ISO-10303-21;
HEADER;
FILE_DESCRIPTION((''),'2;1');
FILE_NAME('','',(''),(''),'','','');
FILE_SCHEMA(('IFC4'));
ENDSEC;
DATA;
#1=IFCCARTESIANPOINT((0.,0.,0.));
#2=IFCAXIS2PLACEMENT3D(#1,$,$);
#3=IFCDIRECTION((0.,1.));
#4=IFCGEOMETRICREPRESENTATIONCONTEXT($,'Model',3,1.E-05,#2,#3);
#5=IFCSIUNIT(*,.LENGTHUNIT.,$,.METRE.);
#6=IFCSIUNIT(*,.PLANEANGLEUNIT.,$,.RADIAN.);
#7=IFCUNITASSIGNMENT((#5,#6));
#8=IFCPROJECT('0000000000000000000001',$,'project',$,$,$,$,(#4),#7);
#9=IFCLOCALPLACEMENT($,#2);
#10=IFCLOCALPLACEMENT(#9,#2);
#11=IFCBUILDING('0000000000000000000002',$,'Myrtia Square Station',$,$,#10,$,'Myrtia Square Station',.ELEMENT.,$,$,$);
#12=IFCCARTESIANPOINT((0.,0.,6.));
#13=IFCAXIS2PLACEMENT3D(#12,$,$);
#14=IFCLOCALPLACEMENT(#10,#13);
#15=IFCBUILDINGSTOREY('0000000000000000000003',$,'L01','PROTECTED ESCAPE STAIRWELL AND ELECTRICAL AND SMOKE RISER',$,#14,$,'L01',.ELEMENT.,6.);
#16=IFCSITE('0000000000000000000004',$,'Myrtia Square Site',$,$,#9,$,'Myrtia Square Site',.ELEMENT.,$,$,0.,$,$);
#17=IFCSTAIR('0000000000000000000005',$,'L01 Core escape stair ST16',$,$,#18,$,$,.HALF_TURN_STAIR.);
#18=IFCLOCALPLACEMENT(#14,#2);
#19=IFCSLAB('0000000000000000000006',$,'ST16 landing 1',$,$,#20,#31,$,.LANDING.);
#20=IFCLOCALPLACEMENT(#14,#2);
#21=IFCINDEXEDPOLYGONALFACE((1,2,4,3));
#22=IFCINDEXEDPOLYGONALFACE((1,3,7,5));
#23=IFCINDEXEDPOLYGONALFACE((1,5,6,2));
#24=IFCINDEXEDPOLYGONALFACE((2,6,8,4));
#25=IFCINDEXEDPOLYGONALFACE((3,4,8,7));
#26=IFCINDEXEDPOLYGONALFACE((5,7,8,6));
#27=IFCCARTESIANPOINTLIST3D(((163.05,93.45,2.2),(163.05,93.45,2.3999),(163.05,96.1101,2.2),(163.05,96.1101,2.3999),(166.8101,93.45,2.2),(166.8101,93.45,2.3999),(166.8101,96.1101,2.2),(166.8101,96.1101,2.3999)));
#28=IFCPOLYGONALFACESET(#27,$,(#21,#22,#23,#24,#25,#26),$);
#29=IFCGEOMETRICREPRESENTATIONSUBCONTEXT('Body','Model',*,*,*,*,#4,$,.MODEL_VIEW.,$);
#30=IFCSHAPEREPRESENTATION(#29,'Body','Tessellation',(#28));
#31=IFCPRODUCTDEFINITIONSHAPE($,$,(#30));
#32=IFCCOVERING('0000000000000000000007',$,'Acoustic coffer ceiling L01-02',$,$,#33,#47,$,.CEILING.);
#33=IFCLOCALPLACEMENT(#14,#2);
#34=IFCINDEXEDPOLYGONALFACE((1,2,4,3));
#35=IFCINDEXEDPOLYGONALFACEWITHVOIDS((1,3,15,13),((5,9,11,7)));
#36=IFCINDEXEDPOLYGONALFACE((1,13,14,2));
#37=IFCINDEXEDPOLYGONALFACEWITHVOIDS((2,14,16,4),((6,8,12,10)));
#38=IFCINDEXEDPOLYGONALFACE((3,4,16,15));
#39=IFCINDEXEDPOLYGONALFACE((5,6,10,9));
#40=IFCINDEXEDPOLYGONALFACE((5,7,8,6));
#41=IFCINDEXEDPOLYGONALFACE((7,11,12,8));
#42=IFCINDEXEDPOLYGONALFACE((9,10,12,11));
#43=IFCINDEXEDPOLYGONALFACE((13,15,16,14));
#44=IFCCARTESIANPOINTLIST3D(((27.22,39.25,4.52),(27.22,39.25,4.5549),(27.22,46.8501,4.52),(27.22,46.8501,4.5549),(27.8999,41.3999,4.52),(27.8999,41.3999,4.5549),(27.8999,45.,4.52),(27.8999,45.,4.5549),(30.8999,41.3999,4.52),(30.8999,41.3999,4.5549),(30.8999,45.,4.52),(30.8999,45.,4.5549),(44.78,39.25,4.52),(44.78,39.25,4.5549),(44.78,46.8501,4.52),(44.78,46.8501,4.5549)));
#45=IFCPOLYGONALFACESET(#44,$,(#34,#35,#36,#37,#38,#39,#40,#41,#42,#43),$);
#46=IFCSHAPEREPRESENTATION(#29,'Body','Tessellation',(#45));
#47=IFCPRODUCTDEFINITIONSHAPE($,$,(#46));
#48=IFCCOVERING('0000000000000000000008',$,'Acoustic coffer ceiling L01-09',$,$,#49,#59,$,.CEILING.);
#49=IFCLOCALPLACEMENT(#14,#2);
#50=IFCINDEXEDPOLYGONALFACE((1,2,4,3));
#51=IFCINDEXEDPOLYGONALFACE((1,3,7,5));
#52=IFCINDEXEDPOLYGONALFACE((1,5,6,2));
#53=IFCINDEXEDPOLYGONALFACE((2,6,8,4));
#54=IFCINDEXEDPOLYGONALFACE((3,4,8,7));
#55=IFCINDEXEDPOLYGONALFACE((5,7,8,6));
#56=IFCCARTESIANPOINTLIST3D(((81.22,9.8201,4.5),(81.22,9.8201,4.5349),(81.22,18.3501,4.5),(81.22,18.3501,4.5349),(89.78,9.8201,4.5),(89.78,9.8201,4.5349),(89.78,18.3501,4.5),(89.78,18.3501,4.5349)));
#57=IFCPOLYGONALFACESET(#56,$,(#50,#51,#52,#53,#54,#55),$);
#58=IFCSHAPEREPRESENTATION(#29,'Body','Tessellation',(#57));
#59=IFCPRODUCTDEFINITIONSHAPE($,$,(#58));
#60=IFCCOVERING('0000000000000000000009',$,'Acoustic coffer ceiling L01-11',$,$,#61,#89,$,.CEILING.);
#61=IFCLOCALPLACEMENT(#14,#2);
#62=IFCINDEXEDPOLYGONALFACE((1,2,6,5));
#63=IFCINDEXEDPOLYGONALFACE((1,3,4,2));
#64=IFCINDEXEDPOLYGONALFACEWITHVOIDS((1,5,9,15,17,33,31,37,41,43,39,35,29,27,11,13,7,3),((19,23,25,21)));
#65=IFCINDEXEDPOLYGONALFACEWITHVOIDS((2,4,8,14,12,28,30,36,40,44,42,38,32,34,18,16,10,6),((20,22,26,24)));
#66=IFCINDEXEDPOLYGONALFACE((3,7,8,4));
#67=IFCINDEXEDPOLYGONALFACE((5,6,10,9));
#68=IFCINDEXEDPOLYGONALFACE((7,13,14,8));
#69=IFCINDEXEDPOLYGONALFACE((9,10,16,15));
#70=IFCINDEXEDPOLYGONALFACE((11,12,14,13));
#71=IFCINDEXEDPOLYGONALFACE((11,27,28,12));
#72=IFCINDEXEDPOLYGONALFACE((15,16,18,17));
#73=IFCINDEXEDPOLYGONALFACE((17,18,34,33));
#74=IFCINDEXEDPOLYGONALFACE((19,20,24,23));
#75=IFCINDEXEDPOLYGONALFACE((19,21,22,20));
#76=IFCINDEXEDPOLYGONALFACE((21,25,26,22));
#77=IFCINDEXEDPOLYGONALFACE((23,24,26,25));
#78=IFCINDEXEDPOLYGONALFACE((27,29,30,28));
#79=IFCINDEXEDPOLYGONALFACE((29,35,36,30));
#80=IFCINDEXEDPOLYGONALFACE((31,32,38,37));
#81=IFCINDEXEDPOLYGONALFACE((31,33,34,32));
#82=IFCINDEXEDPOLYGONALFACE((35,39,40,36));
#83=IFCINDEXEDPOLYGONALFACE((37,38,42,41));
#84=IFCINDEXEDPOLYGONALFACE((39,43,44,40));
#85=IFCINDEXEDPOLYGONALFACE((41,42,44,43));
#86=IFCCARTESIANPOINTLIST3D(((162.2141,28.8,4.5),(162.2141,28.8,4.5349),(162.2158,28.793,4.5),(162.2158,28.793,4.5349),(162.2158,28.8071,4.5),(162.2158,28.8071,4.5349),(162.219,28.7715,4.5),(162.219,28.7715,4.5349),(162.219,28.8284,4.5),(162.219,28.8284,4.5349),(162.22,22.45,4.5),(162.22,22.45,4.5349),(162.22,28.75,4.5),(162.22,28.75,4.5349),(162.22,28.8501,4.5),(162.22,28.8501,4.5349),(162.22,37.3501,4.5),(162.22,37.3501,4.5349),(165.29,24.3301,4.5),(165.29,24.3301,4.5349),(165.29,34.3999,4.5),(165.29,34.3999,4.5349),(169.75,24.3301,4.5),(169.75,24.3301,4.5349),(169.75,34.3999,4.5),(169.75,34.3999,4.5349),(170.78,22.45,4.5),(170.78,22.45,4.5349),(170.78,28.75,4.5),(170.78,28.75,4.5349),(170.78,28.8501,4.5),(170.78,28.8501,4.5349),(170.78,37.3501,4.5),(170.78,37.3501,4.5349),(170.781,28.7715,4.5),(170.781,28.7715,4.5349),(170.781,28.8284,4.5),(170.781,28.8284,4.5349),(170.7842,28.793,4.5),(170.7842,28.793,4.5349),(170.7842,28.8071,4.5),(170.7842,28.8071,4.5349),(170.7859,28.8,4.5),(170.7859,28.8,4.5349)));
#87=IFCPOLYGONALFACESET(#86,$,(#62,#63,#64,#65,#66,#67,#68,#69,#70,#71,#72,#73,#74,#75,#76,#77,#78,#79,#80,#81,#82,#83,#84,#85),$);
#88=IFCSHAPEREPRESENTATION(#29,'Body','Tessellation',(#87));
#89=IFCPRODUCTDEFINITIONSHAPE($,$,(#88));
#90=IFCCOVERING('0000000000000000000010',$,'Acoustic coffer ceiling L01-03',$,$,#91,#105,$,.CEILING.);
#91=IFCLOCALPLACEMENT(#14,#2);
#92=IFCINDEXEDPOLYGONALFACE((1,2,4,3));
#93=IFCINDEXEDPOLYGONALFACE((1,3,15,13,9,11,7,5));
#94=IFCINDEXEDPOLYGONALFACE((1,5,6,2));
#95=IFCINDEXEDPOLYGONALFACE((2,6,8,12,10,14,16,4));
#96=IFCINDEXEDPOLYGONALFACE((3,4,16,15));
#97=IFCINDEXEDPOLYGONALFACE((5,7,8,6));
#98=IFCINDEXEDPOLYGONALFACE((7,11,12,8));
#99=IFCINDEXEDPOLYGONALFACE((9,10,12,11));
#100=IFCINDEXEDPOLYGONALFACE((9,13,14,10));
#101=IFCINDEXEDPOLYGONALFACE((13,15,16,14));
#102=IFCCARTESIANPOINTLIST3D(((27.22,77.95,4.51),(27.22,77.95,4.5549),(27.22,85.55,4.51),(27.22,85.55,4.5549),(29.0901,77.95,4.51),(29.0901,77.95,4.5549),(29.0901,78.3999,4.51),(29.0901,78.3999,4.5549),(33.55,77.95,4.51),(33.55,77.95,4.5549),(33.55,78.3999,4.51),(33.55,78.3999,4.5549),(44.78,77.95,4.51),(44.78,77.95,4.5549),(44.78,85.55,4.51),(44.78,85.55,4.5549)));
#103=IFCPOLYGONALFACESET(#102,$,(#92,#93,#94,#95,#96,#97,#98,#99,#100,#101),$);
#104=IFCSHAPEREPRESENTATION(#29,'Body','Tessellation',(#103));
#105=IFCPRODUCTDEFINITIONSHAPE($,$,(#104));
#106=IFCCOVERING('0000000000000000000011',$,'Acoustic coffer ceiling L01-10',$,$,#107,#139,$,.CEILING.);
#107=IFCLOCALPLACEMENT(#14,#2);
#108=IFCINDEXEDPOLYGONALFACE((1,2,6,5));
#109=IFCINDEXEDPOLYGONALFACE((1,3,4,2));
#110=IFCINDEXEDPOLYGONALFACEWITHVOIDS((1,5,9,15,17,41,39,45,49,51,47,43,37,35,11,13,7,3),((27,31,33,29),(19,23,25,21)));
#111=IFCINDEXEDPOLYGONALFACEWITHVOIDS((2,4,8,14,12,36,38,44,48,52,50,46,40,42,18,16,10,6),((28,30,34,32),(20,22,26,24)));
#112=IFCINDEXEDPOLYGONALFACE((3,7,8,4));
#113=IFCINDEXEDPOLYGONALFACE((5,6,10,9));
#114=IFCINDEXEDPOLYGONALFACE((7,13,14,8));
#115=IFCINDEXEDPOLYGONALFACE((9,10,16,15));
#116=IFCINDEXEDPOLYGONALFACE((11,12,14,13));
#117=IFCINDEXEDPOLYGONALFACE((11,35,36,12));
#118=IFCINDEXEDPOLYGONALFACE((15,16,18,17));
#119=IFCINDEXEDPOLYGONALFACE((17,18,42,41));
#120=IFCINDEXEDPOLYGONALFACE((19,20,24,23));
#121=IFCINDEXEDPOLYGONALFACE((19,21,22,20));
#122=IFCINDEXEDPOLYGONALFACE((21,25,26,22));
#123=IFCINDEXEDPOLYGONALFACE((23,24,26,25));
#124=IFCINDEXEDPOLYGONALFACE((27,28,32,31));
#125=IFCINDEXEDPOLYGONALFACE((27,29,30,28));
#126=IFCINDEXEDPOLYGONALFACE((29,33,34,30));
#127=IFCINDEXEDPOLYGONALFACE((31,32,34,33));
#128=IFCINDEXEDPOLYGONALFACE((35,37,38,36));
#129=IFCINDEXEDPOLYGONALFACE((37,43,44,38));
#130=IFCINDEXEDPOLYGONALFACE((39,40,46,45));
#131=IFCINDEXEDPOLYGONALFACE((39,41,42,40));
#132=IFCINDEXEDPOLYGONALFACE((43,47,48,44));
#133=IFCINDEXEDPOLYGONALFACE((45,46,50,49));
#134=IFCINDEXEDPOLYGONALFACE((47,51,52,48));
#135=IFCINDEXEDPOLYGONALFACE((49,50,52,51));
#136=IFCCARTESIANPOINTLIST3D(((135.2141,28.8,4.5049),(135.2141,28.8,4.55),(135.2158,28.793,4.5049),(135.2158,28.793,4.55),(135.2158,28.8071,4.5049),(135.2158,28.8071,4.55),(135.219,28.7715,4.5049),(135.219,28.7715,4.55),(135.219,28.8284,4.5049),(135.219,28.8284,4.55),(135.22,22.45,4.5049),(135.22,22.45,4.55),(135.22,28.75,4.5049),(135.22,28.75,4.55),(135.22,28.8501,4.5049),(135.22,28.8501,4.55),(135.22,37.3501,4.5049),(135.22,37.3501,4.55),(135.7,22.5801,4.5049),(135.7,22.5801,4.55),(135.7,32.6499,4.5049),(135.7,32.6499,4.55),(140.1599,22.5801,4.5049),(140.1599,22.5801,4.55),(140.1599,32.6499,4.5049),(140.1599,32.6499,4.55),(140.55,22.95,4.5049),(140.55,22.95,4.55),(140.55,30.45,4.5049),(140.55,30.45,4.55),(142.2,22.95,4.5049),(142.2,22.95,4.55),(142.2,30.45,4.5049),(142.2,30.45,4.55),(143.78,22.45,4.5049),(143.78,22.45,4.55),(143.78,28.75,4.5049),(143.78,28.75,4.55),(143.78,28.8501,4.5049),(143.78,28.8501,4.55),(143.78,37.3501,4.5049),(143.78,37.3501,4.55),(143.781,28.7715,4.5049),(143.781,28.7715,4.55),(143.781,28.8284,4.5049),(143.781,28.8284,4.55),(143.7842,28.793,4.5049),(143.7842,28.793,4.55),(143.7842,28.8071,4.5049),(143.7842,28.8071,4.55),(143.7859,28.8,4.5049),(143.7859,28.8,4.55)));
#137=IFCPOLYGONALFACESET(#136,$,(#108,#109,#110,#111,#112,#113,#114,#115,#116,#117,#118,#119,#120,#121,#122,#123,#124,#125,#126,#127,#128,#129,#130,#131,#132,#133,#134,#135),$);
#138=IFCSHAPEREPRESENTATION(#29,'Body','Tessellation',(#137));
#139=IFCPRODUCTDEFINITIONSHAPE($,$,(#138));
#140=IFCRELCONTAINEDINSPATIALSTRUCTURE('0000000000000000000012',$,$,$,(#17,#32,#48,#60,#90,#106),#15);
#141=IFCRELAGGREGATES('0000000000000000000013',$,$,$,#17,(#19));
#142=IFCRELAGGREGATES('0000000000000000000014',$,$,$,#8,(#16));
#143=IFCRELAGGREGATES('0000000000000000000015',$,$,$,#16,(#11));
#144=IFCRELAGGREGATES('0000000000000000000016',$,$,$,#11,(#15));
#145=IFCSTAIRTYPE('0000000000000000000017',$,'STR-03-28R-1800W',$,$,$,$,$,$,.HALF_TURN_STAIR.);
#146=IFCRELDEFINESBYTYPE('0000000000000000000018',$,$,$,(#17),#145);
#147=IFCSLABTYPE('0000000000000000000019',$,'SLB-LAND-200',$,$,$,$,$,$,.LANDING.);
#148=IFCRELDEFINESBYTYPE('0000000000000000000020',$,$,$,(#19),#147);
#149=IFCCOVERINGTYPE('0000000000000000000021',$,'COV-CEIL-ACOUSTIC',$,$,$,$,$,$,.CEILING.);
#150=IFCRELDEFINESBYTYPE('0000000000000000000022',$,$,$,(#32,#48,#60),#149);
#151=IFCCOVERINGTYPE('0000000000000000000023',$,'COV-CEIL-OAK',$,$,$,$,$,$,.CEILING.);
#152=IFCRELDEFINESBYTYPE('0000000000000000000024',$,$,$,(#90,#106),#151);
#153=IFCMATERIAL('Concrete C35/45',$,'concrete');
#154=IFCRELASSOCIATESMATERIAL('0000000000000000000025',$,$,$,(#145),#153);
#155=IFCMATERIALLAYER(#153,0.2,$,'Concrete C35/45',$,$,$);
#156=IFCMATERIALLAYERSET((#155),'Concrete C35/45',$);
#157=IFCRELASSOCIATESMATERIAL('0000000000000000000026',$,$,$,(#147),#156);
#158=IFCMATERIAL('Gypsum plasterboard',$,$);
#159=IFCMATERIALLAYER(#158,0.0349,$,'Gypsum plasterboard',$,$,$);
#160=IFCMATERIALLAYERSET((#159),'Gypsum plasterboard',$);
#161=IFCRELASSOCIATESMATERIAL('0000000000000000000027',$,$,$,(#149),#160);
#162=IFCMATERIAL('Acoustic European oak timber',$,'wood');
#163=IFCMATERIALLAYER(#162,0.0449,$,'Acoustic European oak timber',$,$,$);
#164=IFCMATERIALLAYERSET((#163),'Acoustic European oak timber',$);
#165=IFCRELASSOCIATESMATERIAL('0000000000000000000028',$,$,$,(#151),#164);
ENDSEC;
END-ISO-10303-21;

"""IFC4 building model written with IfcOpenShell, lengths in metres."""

from ifc_helpers import new_model, si_unit, direction, frame, origin, place, context, subcontext, project, spatial, polyline, outline, extrude, material, layer, layer_set, type_object, element, aggregate, save


model = new_model("IFC4")

# Units and contexts
model_context = context("Model", 3, precision=1e-05, world=origin(), true_north=direction((0.0, 1.0)))
body_context = subcontext(model_context, "Body", "Model", "MODEL_VIEW")
ifc_project = project(units=[si_unit("LENGTHUNIT", "METRE"), si_unit("PLANEANGLEUNIT", "RADIAN")], contexts=[model_context])

# Site, building, storey
site_placement = place(None, origin())
site = spatial("IfcSite", under=ifc_project, at=site_placement, Name="Myrtia Square Site", LongName="Myrtia Square Site", CompositionType="ELEMENT", RefElevation=0.0)
building_placement = place(site_placement, origin())
building = spatial("IfcBuilding", under=site, at=building_placement, Name="Myrtia Square Station", LongName="Myrtia Square Station", CompositionType="ELEMENT")
storey_placement = place(building_placement, frame((0.0, 0.0, 6.0)))
storey = spatial("IfcBuildingStorey", under=building, at=storey_placement, Name="L01", Description="PROTECTED ESCAPE STAIRWELL AND ELECTRICAL AND SMOKE RISER", LongName="L01", CompositionType="ELEMENT", Elevation=6.0)

# Stair, slab
ifc_material_1 = material(Name="Concrete C35/45", Category="concrete")
stair_type = type_object("IfcStairType", Name="STR-03-28R-1800W", PredefinedType="HALF_TURN_STAIR", material=ifc_material_1)
ifc_layer_1 = layer(ifc_material_1, 0.2, Name="Concrete C35/45")
ifc_layer_set_1 = layer_set([ifc_layer_1], Name="Concrete C35/45")
slab_type = type_object("IfcSlabType", Name="SLB-LAND-200", PredefinedType="LANDING", material=ifc_layer_set_1)
stair_1_placement = place(storey_placement, origin())
stair_1 = element("IfcStair", 1, at=stair_1_placement, inside=storey, type_object=stair_type, Name="L01 Core escape stair ST16", PredefinedType="HALF_TURN_STAIR")
slab_1_placement = place(storey_placement, frame((0.0, 0.0, 2.2)))
slab_1 = element("IfcSlab", 2, at=slab_1_placement, type_object=slab_type, Name="ST16 landing 1", PredefinedType="LANDING", context=body_context, shape_type="SweptSolid", body=[
    extrude(outline(polyline([(163.05, 96.1101), (163.05, 93.45), (166.8101, 93.45), (166.8101, 96.1101), (163.05, 96.1101)])), origin(), (0.0, 0.0, 1.0), 0.2),
])
aggregate(stair_1, [slab_1])

# Coverings
ifc_material_2 = material(Name="Gypsum plasterboard")
ifc_layer_2 = layer(ifc_material_2, 0.0349, Name="Gypsum plasterboard")
ifc_layer_set_2 = layer_set([ifc_layer_2], Name="Gypsum plasterboard")
covering_type_1 = type_object("IfcCoveringType", Name="COV-CEIL-ACOUSTIC", PredefinedType="CEILING", material=ifc_layer_set_2)
covering_1_placement = place(storey_placement, frame((0.0, 0.0, 4.52)))
element("IfcCovering", 3, at=covering_1_placement, inside=storey, type_object=covering_type_1, Name="Acoustic coffer ceiling L01-02", PredefinedType="CEILING", context=body_context, shape_type="SweptSolid", body=[
    extrude(outline(polyline([(44.78, 46.8501), (44.78, 39.25), (27.22, 39.25), (27.22, 46.8501), (44.78, 46.8501)]), holes=[polyline([(30.8999, 45.0), (27.8999, 45.0), (27.8999, 41.3999), (30.8999, 41.3999), (30.8999, 45.0)])]), origin(), (0.0, 0.0, 1.0), 0.0349),
])
covering_2_placement = place(storey_placement, frame((0.0, 0.0, 4.5)))
element("IfcCovering", 4, at=covering_2_placement, inside=storey, type_object=covering_type_1, Name="Acoustic coffer ceiling L01-09", PredefinedType="CEILING", context=body_context, shape_type="SweptSolid", body=[
    extrude(outline(polyline([(89.78, 18.3501), (89.78, 9.8201), (81.22, 9.8201), (81.22, 18.3501), (89.78, 18.3501)])), origin(), (0.0, 0.0, 1.0), 0.0349),
])
covering_3_placement = place(storey_placement, frame((0.0, 0.0, 4.5)))
element("IfcCovering", 5, at=covering_3_placement, inside=storey, type_object=covering_type_1, Name="Acoustic coffer ceiling L01-11", PredefinedType="CEILING", context=body_context, shape_type="SweptSolid", body=[
    extrude(outline(polyline([(170.78, 37.3501), (170.78, 28.8501), (170.781, 28.8284), (170.7842, 28.8071), (170.7859, 28.8), (170.7842, 28.793), (170.781, 28.7715), (170.78, 28.75), (170.78, 22.45), (162.22, 22.45), (162.22, 28.75), (162.219, 28.7715), (162.2158, 28.793), (162.2141, 28.8), (162.2158, 28.8071), (162.219, 28.8284), (162.22, 28.8501), (162.22, 37.3501), (170.78, 37.3501)]), holes=[polyline([(169.75, 34.3999), (165.29, 34.3999), (165.29, 24.3301), (169.75, 24.3301), (169.75, 34.3999)])]), origin(), (0.0, 0.0, 1.0), 0.0349),
])
ifc_material_3 = material(Name="Acoustic European oak timber", Category="wood")
ifc_layer_3 = layer(ifc_material_3, 0.0449, Name="Acoustic European oak timber")
ifc_layer_set_3 = layer_set([ifc_layer_3], Name="Acoustic European oak timber")
covering_type_2 = type_object("IfcCoveringType", Name="COV-CEIL-OAK", PredefinedType="CEILING", material=ifc_layer_set_3)
covering_4_placement = place(storey_placement, frame((0.0, 0.0, 4.51)))
element("IfcCovering", 6, at=covering_4_placement, inside=storey, type_object=covering_type_2, Name="Acoustic coffer ceiling L01-03", PredefinedType="CEILING", context=body_context, shape_type="SweptSolid", body=[
    extrude(outline(polyline([(44.78, 85.55), (44.78, 77.95), (33.55, 77.95), (33.55, 78.3999), (29.0901, 78.3999), (29.0901, 77.95), (27.22, 77.95), (27.22, 85.55), (44.78, 85.55)])), origin(), (0.0, 0.0, 1.0), 0.0449),
])
covering_5_placement = place(storey_placement, frame((0.0, 0.0, 4.5049)))
element("IfcCovering", 7, at=covering_5_placement, inside=storey, type_object=covering_type_2, Name="Acoustic coffer ceiling L01-10", PredefinedType="CEILING", context=body_context, shape_type="SweptSolid", body=[
    extrude(outline(polyline([(143.78, 37.3501), (143.78, 28.8501), (143.781, 28.8284), (143.7842, 28.8071), (143.7859, 28.8), (143.7842, 28.793), (143.781, 28.7715), (143.78, 28.75), (143.78, 22.45), (135.22, 22.45), (135.22, 28.75), (135.219, 28.7715), (135.2158, 28.793), (135.2141, 28.8), (135.2158, 28.8071), (135.219, 28.8284), (135.22, 28.8501), (135.22, 37.3501), (143.78, 37.3501)]), holes=[polyline([(140.55, 22.95), (142.2, 22.95), (142.2, 30.45), (140.55, 30.45), (140.55, 22.95)]), polyline([(135.7, 22.5801), (140.1599, 22.5801), (140.1599, 32.6499), (135.7, 32.6499), (135.7, 22.5801)])]), origin(), (0.0, 0.0, 1.0), 0.0452),
])

save(model, "model.ifc")
